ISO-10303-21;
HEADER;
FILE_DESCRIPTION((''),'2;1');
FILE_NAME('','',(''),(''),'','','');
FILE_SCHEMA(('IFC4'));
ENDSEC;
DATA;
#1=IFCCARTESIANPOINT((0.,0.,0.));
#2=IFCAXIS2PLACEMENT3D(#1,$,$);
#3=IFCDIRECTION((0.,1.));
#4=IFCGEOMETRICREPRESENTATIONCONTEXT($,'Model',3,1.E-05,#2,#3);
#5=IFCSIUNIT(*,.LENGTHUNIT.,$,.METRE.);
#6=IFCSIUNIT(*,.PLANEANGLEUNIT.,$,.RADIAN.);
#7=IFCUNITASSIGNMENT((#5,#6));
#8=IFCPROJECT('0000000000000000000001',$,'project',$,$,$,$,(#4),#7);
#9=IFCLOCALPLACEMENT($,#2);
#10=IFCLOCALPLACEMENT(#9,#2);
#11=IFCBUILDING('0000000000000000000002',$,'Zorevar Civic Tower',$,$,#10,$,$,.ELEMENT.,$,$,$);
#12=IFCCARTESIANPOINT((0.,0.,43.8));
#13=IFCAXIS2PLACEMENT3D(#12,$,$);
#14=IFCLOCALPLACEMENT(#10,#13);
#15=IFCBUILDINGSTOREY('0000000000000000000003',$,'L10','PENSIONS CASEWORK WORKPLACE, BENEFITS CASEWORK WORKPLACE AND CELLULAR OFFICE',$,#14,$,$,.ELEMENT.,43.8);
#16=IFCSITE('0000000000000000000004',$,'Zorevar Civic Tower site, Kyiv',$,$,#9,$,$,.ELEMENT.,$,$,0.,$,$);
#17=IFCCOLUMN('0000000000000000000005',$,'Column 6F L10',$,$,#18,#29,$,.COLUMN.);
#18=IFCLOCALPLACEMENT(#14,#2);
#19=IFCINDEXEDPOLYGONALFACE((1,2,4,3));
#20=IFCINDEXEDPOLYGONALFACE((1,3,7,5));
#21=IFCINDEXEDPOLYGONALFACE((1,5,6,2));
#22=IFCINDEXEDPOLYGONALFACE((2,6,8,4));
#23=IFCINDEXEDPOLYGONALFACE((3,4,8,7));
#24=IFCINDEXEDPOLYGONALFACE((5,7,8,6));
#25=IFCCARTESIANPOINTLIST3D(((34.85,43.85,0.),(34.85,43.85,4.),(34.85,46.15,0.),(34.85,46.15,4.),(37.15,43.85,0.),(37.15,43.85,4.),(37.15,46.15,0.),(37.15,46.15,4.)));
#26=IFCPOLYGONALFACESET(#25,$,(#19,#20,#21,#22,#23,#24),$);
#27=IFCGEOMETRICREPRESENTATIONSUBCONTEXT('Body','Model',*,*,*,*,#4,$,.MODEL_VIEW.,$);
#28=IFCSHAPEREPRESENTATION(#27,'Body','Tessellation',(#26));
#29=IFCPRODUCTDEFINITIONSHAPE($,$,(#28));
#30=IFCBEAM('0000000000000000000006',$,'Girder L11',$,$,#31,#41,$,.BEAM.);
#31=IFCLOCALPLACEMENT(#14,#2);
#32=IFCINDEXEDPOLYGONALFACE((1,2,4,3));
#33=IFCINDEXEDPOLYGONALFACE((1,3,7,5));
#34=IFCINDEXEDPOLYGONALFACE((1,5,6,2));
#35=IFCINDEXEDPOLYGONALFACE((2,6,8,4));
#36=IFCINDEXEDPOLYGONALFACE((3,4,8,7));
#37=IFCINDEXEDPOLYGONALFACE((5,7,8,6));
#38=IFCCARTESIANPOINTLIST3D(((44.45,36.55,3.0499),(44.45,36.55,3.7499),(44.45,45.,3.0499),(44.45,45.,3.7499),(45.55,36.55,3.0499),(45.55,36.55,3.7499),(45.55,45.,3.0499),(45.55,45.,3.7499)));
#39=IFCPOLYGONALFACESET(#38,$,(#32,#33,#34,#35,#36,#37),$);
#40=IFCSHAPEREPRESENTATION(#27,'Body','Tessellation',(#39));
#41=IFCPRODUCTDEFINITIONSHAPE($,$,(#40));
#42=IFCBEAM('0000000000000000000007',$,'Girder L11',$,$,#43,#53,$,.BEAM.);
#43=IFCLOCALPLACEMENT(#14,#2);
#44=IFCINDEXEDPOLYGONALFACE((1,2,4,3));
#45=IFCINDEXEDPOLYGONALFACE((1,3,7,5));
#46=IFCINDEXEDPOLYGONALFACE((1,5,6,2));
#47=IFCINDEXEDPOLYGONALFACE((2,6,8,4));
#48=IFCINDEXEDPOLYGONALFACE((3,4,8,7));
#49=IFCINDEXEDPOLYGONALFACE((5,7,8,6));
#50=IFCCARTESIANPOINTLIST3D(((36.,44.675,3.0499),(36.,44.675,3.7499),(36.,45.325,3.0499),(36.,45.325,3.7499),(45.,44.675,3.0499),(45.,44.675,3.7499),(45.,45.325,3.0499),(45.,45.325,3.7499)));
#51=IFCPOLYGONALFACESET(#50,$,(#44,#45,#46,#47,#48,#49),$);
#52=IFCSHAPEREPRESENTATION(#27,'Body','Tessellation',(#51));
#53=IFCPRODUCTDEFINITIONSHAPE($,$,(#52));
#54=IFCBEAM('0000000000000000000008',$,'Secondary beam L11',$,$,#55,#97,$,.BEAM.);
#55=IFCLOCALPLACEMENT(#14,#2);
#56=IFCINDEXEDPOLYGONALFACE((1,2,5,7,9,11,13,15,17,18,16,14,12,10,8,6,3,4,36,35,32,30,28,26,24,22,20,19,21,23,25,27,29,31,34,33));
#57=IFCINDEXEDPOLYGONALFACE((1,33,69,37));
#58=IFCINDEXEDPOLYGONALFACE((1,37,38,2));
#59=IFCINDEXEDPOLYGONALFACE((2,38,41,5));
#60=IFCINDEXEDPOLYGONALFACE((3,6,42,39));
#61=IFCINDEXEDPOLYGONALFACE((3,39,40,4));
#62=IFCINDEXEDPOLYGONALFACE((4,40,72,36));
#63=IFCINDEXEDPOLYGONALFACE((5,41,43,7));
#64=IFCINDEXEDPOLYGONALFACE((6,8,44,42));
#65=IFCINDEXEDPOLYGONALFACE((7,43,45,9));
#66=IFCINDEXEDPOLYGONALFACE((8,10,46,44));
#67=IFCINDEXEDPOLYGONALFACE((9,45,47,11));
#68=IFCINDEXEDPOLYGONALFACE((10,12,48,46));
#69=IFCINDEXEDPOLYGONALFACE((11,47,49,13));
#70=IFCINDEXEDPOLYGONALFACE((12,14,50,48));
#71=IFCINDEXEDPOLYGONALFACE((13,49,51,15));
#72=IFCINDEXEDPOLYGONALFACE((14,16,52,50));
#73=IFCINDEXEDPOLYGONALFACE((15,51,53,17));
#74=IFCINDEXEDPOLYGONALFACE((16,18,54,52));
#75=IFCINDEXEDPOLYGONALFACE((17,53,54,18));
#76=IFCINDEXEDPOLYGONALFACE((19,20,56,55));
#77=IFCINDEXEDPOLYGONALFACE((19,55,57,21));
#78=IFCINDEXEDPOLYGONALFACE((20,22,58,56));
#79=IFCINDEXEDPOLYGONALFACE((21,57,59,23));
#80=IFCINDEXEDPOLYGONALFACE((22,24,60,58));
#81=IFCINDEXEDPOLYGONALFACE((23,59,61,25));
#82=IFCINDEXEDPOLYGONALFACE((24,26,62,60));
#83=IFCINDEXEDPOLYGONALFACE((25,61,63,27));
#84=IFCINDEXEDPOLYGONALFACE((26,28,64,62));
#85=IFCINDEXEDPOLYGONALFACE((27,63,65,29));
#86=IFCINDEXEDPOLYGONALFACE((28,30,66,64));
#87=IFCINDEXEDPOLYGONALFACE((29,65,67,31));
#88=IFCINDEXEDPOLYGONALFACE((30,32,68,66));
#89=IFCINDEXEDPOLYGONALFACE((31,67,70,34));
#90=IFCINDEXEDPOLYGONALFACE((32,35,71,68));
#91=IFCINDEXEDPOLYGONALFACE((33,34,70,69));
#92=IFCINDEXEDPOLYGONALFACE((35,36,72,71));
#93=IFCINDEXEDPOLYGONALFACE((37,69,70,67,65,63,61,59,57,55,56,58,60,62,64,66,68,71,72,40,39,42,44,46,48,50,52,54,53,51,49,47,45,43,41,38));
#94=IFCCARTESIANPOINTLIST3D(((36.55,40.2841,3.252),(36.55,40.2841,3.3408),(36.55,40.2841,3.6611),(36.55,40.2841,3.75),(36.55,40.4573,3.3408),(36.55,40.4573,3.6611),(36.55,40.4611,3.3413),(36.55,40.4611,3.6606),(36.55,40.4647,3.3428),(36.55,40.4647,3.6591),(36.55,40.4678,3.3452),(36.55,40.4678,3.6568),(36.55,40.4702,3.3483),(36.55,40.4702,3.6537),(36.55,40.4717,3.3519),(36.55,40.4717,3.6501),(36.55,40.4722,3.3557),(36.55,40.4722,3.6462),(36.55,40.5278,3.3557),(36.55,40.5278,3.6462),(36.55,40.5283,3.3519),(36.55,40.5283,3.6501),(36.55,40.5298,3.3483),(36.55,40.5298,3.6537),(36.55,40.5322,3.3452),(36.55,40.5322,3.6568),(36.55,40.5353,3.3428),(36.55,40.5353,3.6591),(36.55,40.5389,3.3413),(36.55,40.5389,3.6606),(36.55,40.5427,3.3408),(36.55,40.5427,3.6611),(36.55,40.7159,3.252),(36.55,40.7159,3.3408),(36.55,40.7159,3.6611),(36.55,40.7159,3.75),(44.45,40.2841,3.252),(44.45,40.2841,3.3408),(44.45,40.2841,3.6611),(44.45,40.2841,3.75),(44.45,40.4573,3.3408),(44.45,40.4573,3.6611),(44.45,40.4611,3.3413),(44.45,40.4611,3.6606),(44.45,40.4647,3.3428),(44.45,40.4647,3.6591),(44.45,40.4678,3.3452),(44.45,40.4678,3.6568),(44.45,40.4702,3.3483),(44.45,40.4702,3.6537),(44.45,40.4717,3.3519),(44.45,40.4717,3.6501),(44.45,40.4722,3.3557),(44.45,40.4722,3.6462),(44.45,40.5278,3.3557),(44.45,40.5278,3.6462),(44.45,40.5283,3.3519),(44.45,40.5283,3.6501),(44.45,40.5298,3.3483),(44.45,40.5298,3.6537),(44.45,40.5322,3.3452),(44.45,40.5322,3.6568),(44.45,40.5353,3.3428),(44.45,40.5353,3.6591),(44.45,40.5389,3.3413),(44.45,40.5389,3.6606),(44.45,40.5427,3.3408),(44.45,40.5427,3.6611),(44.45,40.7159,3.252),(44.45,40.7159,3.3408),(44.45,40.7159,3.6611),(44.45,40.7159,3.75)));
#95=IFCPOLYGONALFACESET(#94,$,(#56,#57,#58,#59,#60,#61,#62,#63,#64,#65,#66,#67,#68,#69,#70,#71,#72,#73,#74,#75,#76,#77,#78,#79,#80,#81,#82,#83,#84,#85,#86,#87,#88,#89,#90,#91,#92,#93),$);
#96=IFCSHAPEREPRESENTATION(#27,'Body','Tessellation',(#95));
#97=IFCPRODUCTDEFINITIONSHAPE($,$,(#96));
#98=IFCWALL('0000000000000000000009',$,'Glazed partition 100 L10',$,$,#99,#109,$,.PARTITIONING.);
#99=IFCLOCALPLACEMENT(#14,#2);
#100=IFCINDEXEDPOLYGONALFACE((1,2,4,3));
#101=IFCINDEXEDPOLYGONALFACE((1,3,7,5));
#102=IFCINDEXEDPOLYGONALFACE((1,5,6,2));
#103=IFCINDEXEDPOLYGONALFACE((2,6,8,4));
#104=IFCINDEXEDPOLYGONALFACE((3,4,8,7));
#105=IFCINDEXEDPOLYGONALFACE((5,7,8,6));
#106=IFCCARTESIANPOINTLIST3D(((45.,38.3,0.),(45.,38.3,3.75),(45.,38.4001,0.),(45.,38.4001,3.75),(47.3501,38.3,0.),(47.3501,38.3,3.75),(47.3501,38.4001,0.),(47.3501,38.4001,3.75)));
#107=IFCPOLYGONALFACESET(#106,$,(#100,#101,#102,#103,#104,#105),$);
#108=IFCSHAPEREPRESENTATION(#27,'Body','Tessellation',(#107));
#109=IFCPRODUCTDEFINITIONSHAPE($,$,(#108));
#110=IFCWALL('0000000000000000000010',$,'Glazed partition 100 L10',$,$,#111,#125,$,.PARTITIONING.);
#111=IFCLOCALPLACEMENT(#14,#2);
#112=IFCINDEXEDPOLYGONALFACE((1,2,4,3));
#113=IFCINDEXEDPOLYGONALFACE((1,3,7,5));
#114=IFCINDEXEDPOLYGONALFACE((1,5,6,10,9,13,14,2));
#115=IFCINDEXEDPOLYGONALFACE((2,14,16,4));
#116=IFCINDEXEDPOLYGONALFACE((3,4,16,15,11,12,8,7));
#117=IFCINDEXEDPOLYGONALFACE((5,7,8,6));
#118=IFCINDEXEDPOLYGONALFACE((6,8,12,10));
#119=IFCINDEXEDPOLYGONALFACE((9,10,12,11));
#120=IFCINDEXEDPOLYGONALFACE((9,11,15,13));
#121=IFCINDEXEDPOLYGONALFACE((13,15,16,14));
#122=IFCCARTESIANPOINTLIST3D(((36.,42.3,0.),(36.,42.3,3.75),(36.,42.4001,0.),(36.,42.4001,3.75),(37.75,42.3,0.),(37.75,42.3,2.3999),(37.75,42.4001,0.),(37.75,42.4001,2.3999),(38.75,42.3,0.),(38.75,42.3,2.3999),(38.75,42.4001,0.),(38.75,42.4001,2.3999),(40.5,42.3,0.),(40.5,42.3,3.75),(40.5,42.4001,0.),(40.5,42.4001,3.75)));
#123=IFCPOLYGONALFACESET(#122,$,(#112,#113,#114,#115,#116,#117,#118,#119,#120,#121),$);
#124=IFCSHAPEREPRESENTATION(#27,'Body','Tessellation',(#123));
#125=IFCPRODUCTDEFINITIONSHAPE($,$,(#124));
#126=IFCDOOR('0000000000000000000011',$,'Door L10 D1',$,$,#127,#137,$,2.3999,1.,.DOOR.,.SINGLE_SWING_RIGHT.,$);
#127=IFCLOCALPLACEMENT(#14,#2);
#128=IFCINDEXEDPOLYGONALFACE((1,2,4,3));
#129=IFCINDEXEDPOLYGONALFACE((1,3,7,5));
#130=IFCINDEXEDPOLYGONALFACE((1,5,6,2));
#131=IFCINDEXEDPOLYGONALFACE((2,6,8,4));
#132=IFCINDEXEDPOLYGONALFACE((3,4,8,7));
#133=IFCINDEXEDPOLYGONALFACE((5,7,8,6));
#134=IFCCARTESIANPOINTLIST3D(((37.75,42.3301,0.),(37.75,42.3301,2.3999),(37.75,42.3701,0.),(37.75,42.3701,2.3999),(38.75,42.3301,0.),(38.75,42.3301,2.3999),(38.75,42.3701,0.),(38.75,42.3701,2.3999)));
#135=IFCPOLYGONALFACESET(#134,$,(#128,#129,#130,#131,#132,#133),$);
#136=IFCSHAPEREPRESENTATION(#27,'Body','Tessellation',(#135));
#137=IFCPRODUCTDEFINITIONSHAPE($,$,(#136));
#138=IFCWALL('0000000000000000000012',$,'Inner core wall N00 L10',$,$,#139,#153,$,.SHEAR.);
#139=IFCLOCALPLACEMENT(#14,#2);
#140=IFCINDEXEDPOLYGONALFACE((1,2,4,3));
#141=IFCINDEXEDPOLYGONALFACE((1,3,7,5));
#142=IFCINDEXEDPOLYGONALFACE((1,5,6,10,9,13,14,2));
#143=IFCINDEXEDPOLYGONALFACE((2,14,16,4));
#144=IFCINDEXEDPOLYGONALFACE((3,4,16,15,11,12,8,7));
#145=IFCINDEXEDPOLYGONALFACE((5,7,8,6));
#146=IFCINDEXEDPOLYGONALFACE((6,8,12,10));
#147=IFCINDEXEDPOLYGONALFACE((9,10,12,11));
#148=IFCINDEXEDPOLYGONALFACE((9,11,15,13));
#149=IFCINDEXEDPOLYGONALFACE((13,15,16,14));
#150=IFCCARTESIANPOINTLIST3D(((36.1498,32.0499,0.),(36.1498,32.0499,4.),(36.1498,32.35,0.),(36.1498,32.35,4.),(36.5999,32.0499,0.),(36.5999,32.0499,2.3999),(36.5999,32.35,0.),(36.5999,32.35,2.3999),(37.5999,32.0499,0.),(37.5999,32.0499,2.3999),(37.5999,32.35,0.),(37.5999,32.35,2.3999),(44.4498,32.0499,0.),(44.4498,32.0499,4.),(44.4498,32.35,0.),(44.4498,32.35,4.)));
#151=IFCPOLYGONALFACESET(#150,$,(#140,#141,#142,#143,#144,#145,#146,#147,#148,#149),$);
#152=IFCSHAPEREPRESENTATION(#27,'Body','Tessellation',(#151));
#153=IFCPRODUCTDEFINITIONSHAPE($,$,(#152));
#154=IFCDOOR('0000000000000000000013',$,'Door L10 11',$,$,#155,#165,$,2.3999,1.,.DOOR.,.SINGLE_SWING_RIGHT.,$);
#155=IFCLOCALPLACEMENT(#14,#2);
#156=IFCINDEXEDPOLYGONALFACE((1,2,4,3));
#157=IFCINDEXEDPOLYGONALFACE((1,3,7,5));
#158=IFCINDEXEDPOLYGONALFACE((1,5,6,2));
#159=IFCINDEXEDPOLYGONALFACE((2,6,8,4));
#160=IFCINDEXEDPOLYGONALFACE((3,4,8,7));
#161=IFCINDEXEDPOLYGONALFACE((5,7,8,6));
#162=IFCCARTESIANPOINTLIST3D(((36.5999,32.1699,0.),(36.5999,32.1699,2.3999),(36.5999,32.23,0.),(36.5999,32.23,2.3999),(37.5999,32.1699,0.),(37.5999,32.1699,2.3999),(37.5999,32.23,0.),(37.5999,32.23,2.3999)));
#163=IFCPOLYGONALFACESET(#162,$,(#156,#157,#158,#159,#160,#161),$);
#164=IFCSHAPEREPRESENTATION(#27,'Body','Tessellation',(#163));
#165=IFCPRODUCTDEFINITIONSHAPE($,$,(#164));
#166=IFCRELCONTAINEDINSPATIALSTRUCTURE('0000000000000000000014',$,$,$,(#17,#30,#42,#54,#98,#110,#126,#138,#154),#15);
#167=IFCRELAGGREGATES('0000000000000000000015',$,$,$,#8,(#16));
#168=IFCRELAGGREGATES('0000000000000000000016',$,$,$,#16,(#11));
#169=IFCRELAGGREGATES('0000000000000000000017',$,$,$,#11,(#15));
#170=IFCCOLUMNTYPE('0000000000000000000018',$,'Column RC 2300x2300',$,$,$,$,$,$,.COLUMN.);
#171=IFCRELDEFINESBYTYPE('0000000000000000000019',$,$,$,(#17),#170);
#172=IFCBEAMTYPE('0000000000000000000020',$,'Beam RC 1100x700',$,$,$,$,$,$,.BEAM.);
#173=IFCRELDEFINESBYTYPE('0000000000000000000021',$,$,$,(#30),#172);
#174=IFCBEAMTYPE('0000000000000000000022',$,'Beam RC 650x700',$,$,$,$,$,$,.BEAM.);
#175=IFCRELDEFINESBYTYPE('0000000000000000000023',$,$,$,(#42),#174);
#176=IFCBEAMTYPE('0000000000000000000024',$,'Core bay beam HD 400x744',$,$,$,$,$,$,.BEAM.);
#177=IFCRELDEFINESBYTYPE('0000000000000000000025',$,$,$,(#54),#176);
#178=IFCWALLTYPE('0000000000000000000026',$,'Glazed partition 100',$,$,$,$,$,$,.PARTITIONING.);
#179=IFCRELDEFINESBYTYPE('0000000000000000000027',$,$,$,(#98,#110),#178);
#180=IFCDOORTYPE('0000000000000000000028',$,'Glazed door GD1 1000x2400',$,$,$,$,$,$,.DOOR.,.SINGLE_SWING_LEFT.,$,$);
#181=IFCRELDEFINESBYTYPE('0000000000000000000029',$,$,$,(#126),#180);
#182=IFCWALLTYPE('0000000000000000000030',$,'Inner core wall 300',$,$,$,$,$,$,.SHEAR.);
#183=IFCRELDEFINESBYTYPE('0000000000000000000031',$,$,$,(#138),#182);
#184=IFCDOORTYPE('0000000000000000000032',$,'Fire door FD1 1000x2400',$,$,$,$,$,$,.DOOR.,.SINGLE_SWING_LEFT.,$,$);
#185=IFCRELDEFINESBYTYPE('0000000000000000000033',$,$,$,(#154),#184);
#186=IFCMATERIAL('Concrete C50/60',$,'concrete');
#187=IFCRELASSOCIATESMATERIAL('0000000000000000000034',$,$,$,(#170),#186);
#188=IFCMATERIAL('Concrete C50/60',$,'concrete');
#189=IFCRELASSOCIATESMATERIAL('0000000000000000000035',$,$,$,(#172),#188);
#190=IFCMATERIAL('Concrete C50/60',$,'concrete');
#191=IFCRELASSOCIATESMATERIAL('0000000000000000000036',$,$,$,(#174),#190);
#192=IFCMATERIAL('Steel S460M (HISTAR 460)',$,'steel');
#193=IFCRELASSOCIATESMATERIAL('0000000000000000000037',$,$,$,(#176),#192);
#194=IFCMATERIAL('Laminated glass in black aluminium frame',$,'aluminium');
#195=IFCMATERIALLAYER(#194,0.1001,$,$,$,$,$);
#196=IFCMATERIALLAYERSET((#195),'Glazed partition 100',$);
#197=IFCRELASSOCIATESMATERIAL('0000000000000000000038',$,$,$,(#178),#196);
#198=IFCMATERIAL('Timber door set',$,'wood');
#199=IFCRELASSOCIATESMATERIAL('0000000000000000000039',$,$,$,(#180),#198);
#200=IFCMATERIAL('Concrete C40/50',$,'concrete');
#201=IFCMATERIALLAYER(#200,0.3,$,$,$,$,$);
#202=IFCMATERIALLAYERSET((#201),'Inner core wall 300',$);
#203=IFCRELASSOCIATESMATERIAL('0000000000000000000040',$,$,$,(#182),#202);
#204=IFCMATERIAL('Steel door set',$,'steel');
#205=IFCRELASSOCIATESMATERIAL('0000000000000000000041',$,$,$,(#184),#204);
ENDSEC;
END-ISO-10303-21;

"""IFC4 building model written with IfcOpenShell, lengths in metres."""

from ifc_helpers import new_model, si_unit, direction, frame, frame_2d, origin, origin_2d, place, context, subcontext, project, spatial, rectangle, i_section, extrude, material, layer, layer_set, material_profile, profile_set, type_object, element, fill, save


model = new_model("IFC4")

# Units and contexts
model_context = context("Model", 3, precision=1e-05, world=origin(), true_north=direction((0.0, 1.0)))
body_context = subcontext(model_context, "Body", "Model", "MODEL_VIEW")
ifc_project = project(units=[si_unit("LENGTHUNIT", "METRE"), si_unit("PLANEANGLEUNIT", "RADIAN")], contexts=[model_context])

# Site, building, storey
site_placement = place(None, origin())
site = spatial("IfcSite", under=ifc_project, at=site_placement, Name="Zorevar Civic Tower site, Kyiv", CompositionType="ELEMENT", RefElevation=0.0)
building_placement = place(site_placement, origin())
building = spatial("IfcBuilding", under=site, at=building_placement, Name="Zorevar Civic Tower", CompositionType="ELEMENT")
storey_placement = place(building_placement, frame((0.0, 0.0, 43.8)))
storey = spatial("IfcBuildingStorey", under=building, at=storey_placement, Name="L10", Description="PENSIONS CASEWORK WORKPLACE, BENEFITS CASEWORK WORKPLACE AND CELLULAR OFFICE", CompositionType="ELEMENT", Elevation=43.8)

# Column
ifc_material_1 = material(Name="Concrete C50/60", Category="concrete")
ifc_material_profile_1 = material_profile(ifc_material_1, rectangle(XDim=2.3, YDim=2.3, at=origin_2d()), Name="RC 2300x2300")
ifc_profile_set_1 = profile_set([ifc_material_profile_1], Name="Concrete C50/60")
column_type = type_object("IfcColumnType", Name="Column RC 2300x2300", PredefinedType="COLUMN", material=ifc_profile_set_1)
column_placement = place(storey_placement, frame((36.0, 45.0, 0.0), z_axis=(0.0, 0.0, 1.0), x_axis=(1.0, 0.0, 0.0)))
element("IfcColumn", 1, at=column_placement, inside=storey, type_object=column_type, Name="Column 6F L10", PredefinedType="COLUMN", context=body_context, shape_type="SweptSolid", body=[
    extrude(rectangle(XDim=2.3, YDim=2.3, at=origin_2d()), origin(), (0.0, 0.0, 1.0), 4.0),
])

# Beams
ifc_material_2 = material(Name="Concrete C50/60", Category="concrete")
ifc_material_profile_2 = material_profile(ifc_material_2, rectangle(XDim=1.1001, YDim=0.7, at=origin_2d()), Name="RC 1100x700")
ifc_profile_set_2 = profile_set([ifc_material_profile_2], Name="Concrete C50/60")
beam_type_1 = type_object("IfcBeamType", Name="Beam RC 1100x700", PredefinedType="BEAM", material=ifc_profile_set_2)
beam_1_placement = place(storey_placement, frame((45.0, 36.55, 3.3999), z_axis=(0.0, 1.0, 0.0), x_axis=(-1.0, 0.0, 0.0)))
element("IfcBeam", 2, at=beam_1_placement, inside=storey, type_object=beam_type_1, Name="Girder L11", PredefinedType="BEAM", context=body_context, shape_type="SweptSolid", body=[
    extrude(rectangle(XDim=1.1001, YDim=0.7, at=origin_2d()), origin(), (0.0, 0.0, 1.0), 8.45),
])
ifc_material_3 = material(Name="Concrete C50/60", Category="concrete")
ifc_material_profile_3 = material_profile(ifc_material_3, rectangle(XDim=0.6499, YDim=0.7, at=origin_2d()), Name="RC 650x700")
ifc_profile_set_3 = profile_set([ifc_material_profile_3], Name="Concrete C50/60")
beam_type_2 = type_object("IfcBeamType", Name="Beam RC 650x700", PredefinedType="BEAM", material=ifc_profile_set_3)
beam_2_placement = place(storey_placement, frame((36.0, 45.0, 3.3999), z_axis=(1.0, 0.0, 0.0), x_axis=(0.0, 1.0, 0.0)))
element("IfcBeam", 3, at=beam_2_placement, inside=storey, type_object=beam_type_2, Name="Girder L11", PredefinedType="BEAM", context=body_context, shape_type="SweptSolid", body=[
    extrude(rectangle(XDim=0.6499, YDim=0.7, at=origin_2d()), origin(), (0.0, 0.0, 1.0), 9.0),
])
ifc_material_4 = material(Name="Steel S460M (HISTAR 460)", Category="steel")
ifc_material_profile_4 = material_profile(ifc_material_4, i_section(OverallWidth=0.4319, OverallDepth=0.498, WebThickness=0.0557, FlangeThickness=0.0889, FilletRadius=0.0149, at=origin_2d()), Name="HD 400x744")
ifc_profile_set_4 = profile_set([ifc_material_profile_4], Name="Steel S460M (HISTAR 460)")
beam_type_3 = type_object("IfcBeamType", Name="Core bay beam HD 400x744", PredefinedType="BEAM", material=ifc_profile_set_4)
beam_3_placement = place(storey_placement, frame((36.55, 40.5, 3.501), z_axis=(1.0, 0.0, 0.0), x_axis=(0.0, 1.0, 0.0)))
element("IfcBeam", 4, at=beam_3_placement, inside=storey, type_object=beam_type_3, Name="Secondary beam L11", PredefinedType="BEAM", context=body_context, shape_type="SweptSolid", body=[
    extrude(i_section(OverallWidth=0.4319, OverallDepth=0.498, WebThickness=0.0557, FlangeThickness=0.0889, FilletRadius=0.0149, at=origin_2d()), origin(), (0.0, 0.0, 1.0), 7.8999),
])

# Wall
ifc_material_5 = material(Name="Laminated glass in black aluminium frame", Category="aluminium")
ifc_layer_1 = layer(ifc_material_5, 0.1001)
ifc_layer_set_1 = layer_set([ifc_layer_1], Name="Glazed partition 100")
wall_type_1 = type_object("IfcWallType", Name="Glazed partition 100", PredefinedType="PARTITIONING", material=ifc_layer_set_1)
wall_1_placement = place(storey_placement, frame((45.0, 38.3501, 0.0), z_axis=(0.0, 0.0, 1.0), x_axis=(1.0, 0.0, 0.0)))
element("IfcWall", 5, at=wall_1_placement, inside=storey, type_object=wall_type_1, Name="Glazed partition 100 L10", PredefinedType="PARTITIONING", context=body_context, shape_type="SweptSolid", body=[
    extrude(rectangle(XDim=2.3501, YDim=0.1001, at=frame_2d((1.175, 0.0))), origin(), (0.0, 0.0, 1.0), 3.75),
])

# Walls, openings, doors
wall_2_placement = place(storey_placement, frame((36.0, 42.3501, 0.0), z_axis=(0.0, 0.0, 1.0), x_axis=(1.0, 0.0, 0.0)))
wall_2 = element("IfcWall", 6, at=wall_2_placement, inside=storey, type_object=wall_type_1, Name="Glazed partition 100 L10", PredefinedType="PARTITIONING", context=body_context, shape_type="SweptSolid", body=[
    extrude(rectangle(XDim=4.5, YDim=0.1001, at=frame_2d((2.25, 0.0))), origin(), (0.0, 0.0, 1.0), 3.75),
])
opening_1_placement = place(wall_2_placement, frame((1.75, 0.0, 0.0)))
opening_1 = element("IfcOpeningElement", 7, at=opening_1_placement, cuts=wall_2, PredefinedType="OPENING", context=body_context, shape_type="SweptSolid", body=[
    extrude(rectangle(XDim=1.0, YDim=2.3999, at=frame_2d((0.5, 1.2))), frame((0.0, 0.0601, 0.0), z_axis=(0.0, -1.0, 0.0), x_axis=(1.0, 0.0, 0.0)), (0.0, 0.0, 1.0), 0.1201),
])
ifc_material_6 = material(Name="Timber door set", Category="wood")
door_type_1 = type_object("IfcDoorType", Name="Glazed door GD1 1000x2400", OperationType="SINGLE_SWING_LEFT", PredefinedType="DOOR", material=ifc_material_6)
door_1_placement = place(opening_1_placement, origin())
door_1 = element("IfcDoor", 8, at=door_1_placement, inside=storey, type_object=door_type_1, Name="Door L10 D1", OperationType="SINGLE_SWING_RIGHT", OverallHeight=2.3999, OverallWidth=1.0, PredefinedType="DOOR", context=body_context, shape_type="SweptSolid", body=[
    extrude(rectangle(XDim=1.0, YDim=2.3999, at=frame_2d((0.5, 1.2))), frame((0.0, 0.02, 0.0), z_axis=(0.0, -1.0, 0.0), x_axis=(1.0, 0.0, 0.0)), (0.0, 0.0, 1.0), 0.04),
])
fill(opening_1, door_1)
ifc_material_7 = material(Name="Concrete C40/50", Category="concrete")
ifc_layer_2 = layer(ifc_material_7, 0.3)
ifc_layer_set_2 = layer_set([ifc_layer_2], Name="Inner core wall 300")
wall_type_2 = type_object("IfcWallType", Name="Inner core wall 300", PredefinedType="SHEAR", material=ifc_layer_set_2)
wall_3_placement = place(storey_placement, frame((36.1499, 32.2, 0.0), z_axis=(0.0, 0.0, 1.0), x_axis=(1.0, 0.0, 0.0)))
wall_3 = element("IfcWall", 9, at=wall_3_placement, inside=storey, type_object=wall_type_2, Name="Inner core wall N00 L10", PredefinedType="SHEAR", context=body_context, shape_type="SweptSolid", body=[
    extrude(rectangle(XDim=8.3, YDim=0.3, at=frame_2d((4.1499, 0.0))), origin(), (0.0, 0.0, 1.0), 4.0),
])
opening_2_placement = place(wall_3_placement, frame((0.45, 0.0, 0.0)))
opening_2 = element("IfcOpeningElement", 10, at=opening_2_placement, cuts=wall_3, PredefinedType="OPENING", context=body_context, shape_type="SweptSolid", body=[
    extrude(rectangle(XDim=1.0, YDim=2.3999, at=frame_2d((0.5, 1.2))), frame((0.0, 0.1599, 0.0), z_axis=(0.0, -1.0, 0.0), x_axis=(1.0, 0.0, 0.0)), (0.0, 0.0, 1.0), 0.3201),
])
ifc_material_8 = material(Name="Steel door set", Category="steel")
door_type_2 = type_object("IfcDoorType", Name="Fire door FD1 1000x2400", OperationType="SINGLE_SWING_LEFT", PredefinedType="DOOR", material=ifc_material_8)
door_2_placement = place(opening_2_placement, origin())
door_2 = element("IfcDoor", 11, at=door_2_placement, inside=storey, type_object=door_type_2, Name="Door L10 11", OperationType="SINGLE_SWING_RIGHT", OverallHeight=2.3999, OverallWidth=1.0, PredefinedType="DOOR", context=body_context, shape_type="SweptSolid", body=[
    extrude(rectangle(XDim=1.0, YDim=2.3999, at=frame_2d((0.5, 1.2))), frame((0.0, 0.03, 0.0), z_axis=(0.0, -1.0, 0.0), x_axis=(1.0, 0.0, 0.0)), (0.0, 0.0, 1.0), 0.0601),
])
fill(opening_2, door_2)

save(model, "model.ifc")
